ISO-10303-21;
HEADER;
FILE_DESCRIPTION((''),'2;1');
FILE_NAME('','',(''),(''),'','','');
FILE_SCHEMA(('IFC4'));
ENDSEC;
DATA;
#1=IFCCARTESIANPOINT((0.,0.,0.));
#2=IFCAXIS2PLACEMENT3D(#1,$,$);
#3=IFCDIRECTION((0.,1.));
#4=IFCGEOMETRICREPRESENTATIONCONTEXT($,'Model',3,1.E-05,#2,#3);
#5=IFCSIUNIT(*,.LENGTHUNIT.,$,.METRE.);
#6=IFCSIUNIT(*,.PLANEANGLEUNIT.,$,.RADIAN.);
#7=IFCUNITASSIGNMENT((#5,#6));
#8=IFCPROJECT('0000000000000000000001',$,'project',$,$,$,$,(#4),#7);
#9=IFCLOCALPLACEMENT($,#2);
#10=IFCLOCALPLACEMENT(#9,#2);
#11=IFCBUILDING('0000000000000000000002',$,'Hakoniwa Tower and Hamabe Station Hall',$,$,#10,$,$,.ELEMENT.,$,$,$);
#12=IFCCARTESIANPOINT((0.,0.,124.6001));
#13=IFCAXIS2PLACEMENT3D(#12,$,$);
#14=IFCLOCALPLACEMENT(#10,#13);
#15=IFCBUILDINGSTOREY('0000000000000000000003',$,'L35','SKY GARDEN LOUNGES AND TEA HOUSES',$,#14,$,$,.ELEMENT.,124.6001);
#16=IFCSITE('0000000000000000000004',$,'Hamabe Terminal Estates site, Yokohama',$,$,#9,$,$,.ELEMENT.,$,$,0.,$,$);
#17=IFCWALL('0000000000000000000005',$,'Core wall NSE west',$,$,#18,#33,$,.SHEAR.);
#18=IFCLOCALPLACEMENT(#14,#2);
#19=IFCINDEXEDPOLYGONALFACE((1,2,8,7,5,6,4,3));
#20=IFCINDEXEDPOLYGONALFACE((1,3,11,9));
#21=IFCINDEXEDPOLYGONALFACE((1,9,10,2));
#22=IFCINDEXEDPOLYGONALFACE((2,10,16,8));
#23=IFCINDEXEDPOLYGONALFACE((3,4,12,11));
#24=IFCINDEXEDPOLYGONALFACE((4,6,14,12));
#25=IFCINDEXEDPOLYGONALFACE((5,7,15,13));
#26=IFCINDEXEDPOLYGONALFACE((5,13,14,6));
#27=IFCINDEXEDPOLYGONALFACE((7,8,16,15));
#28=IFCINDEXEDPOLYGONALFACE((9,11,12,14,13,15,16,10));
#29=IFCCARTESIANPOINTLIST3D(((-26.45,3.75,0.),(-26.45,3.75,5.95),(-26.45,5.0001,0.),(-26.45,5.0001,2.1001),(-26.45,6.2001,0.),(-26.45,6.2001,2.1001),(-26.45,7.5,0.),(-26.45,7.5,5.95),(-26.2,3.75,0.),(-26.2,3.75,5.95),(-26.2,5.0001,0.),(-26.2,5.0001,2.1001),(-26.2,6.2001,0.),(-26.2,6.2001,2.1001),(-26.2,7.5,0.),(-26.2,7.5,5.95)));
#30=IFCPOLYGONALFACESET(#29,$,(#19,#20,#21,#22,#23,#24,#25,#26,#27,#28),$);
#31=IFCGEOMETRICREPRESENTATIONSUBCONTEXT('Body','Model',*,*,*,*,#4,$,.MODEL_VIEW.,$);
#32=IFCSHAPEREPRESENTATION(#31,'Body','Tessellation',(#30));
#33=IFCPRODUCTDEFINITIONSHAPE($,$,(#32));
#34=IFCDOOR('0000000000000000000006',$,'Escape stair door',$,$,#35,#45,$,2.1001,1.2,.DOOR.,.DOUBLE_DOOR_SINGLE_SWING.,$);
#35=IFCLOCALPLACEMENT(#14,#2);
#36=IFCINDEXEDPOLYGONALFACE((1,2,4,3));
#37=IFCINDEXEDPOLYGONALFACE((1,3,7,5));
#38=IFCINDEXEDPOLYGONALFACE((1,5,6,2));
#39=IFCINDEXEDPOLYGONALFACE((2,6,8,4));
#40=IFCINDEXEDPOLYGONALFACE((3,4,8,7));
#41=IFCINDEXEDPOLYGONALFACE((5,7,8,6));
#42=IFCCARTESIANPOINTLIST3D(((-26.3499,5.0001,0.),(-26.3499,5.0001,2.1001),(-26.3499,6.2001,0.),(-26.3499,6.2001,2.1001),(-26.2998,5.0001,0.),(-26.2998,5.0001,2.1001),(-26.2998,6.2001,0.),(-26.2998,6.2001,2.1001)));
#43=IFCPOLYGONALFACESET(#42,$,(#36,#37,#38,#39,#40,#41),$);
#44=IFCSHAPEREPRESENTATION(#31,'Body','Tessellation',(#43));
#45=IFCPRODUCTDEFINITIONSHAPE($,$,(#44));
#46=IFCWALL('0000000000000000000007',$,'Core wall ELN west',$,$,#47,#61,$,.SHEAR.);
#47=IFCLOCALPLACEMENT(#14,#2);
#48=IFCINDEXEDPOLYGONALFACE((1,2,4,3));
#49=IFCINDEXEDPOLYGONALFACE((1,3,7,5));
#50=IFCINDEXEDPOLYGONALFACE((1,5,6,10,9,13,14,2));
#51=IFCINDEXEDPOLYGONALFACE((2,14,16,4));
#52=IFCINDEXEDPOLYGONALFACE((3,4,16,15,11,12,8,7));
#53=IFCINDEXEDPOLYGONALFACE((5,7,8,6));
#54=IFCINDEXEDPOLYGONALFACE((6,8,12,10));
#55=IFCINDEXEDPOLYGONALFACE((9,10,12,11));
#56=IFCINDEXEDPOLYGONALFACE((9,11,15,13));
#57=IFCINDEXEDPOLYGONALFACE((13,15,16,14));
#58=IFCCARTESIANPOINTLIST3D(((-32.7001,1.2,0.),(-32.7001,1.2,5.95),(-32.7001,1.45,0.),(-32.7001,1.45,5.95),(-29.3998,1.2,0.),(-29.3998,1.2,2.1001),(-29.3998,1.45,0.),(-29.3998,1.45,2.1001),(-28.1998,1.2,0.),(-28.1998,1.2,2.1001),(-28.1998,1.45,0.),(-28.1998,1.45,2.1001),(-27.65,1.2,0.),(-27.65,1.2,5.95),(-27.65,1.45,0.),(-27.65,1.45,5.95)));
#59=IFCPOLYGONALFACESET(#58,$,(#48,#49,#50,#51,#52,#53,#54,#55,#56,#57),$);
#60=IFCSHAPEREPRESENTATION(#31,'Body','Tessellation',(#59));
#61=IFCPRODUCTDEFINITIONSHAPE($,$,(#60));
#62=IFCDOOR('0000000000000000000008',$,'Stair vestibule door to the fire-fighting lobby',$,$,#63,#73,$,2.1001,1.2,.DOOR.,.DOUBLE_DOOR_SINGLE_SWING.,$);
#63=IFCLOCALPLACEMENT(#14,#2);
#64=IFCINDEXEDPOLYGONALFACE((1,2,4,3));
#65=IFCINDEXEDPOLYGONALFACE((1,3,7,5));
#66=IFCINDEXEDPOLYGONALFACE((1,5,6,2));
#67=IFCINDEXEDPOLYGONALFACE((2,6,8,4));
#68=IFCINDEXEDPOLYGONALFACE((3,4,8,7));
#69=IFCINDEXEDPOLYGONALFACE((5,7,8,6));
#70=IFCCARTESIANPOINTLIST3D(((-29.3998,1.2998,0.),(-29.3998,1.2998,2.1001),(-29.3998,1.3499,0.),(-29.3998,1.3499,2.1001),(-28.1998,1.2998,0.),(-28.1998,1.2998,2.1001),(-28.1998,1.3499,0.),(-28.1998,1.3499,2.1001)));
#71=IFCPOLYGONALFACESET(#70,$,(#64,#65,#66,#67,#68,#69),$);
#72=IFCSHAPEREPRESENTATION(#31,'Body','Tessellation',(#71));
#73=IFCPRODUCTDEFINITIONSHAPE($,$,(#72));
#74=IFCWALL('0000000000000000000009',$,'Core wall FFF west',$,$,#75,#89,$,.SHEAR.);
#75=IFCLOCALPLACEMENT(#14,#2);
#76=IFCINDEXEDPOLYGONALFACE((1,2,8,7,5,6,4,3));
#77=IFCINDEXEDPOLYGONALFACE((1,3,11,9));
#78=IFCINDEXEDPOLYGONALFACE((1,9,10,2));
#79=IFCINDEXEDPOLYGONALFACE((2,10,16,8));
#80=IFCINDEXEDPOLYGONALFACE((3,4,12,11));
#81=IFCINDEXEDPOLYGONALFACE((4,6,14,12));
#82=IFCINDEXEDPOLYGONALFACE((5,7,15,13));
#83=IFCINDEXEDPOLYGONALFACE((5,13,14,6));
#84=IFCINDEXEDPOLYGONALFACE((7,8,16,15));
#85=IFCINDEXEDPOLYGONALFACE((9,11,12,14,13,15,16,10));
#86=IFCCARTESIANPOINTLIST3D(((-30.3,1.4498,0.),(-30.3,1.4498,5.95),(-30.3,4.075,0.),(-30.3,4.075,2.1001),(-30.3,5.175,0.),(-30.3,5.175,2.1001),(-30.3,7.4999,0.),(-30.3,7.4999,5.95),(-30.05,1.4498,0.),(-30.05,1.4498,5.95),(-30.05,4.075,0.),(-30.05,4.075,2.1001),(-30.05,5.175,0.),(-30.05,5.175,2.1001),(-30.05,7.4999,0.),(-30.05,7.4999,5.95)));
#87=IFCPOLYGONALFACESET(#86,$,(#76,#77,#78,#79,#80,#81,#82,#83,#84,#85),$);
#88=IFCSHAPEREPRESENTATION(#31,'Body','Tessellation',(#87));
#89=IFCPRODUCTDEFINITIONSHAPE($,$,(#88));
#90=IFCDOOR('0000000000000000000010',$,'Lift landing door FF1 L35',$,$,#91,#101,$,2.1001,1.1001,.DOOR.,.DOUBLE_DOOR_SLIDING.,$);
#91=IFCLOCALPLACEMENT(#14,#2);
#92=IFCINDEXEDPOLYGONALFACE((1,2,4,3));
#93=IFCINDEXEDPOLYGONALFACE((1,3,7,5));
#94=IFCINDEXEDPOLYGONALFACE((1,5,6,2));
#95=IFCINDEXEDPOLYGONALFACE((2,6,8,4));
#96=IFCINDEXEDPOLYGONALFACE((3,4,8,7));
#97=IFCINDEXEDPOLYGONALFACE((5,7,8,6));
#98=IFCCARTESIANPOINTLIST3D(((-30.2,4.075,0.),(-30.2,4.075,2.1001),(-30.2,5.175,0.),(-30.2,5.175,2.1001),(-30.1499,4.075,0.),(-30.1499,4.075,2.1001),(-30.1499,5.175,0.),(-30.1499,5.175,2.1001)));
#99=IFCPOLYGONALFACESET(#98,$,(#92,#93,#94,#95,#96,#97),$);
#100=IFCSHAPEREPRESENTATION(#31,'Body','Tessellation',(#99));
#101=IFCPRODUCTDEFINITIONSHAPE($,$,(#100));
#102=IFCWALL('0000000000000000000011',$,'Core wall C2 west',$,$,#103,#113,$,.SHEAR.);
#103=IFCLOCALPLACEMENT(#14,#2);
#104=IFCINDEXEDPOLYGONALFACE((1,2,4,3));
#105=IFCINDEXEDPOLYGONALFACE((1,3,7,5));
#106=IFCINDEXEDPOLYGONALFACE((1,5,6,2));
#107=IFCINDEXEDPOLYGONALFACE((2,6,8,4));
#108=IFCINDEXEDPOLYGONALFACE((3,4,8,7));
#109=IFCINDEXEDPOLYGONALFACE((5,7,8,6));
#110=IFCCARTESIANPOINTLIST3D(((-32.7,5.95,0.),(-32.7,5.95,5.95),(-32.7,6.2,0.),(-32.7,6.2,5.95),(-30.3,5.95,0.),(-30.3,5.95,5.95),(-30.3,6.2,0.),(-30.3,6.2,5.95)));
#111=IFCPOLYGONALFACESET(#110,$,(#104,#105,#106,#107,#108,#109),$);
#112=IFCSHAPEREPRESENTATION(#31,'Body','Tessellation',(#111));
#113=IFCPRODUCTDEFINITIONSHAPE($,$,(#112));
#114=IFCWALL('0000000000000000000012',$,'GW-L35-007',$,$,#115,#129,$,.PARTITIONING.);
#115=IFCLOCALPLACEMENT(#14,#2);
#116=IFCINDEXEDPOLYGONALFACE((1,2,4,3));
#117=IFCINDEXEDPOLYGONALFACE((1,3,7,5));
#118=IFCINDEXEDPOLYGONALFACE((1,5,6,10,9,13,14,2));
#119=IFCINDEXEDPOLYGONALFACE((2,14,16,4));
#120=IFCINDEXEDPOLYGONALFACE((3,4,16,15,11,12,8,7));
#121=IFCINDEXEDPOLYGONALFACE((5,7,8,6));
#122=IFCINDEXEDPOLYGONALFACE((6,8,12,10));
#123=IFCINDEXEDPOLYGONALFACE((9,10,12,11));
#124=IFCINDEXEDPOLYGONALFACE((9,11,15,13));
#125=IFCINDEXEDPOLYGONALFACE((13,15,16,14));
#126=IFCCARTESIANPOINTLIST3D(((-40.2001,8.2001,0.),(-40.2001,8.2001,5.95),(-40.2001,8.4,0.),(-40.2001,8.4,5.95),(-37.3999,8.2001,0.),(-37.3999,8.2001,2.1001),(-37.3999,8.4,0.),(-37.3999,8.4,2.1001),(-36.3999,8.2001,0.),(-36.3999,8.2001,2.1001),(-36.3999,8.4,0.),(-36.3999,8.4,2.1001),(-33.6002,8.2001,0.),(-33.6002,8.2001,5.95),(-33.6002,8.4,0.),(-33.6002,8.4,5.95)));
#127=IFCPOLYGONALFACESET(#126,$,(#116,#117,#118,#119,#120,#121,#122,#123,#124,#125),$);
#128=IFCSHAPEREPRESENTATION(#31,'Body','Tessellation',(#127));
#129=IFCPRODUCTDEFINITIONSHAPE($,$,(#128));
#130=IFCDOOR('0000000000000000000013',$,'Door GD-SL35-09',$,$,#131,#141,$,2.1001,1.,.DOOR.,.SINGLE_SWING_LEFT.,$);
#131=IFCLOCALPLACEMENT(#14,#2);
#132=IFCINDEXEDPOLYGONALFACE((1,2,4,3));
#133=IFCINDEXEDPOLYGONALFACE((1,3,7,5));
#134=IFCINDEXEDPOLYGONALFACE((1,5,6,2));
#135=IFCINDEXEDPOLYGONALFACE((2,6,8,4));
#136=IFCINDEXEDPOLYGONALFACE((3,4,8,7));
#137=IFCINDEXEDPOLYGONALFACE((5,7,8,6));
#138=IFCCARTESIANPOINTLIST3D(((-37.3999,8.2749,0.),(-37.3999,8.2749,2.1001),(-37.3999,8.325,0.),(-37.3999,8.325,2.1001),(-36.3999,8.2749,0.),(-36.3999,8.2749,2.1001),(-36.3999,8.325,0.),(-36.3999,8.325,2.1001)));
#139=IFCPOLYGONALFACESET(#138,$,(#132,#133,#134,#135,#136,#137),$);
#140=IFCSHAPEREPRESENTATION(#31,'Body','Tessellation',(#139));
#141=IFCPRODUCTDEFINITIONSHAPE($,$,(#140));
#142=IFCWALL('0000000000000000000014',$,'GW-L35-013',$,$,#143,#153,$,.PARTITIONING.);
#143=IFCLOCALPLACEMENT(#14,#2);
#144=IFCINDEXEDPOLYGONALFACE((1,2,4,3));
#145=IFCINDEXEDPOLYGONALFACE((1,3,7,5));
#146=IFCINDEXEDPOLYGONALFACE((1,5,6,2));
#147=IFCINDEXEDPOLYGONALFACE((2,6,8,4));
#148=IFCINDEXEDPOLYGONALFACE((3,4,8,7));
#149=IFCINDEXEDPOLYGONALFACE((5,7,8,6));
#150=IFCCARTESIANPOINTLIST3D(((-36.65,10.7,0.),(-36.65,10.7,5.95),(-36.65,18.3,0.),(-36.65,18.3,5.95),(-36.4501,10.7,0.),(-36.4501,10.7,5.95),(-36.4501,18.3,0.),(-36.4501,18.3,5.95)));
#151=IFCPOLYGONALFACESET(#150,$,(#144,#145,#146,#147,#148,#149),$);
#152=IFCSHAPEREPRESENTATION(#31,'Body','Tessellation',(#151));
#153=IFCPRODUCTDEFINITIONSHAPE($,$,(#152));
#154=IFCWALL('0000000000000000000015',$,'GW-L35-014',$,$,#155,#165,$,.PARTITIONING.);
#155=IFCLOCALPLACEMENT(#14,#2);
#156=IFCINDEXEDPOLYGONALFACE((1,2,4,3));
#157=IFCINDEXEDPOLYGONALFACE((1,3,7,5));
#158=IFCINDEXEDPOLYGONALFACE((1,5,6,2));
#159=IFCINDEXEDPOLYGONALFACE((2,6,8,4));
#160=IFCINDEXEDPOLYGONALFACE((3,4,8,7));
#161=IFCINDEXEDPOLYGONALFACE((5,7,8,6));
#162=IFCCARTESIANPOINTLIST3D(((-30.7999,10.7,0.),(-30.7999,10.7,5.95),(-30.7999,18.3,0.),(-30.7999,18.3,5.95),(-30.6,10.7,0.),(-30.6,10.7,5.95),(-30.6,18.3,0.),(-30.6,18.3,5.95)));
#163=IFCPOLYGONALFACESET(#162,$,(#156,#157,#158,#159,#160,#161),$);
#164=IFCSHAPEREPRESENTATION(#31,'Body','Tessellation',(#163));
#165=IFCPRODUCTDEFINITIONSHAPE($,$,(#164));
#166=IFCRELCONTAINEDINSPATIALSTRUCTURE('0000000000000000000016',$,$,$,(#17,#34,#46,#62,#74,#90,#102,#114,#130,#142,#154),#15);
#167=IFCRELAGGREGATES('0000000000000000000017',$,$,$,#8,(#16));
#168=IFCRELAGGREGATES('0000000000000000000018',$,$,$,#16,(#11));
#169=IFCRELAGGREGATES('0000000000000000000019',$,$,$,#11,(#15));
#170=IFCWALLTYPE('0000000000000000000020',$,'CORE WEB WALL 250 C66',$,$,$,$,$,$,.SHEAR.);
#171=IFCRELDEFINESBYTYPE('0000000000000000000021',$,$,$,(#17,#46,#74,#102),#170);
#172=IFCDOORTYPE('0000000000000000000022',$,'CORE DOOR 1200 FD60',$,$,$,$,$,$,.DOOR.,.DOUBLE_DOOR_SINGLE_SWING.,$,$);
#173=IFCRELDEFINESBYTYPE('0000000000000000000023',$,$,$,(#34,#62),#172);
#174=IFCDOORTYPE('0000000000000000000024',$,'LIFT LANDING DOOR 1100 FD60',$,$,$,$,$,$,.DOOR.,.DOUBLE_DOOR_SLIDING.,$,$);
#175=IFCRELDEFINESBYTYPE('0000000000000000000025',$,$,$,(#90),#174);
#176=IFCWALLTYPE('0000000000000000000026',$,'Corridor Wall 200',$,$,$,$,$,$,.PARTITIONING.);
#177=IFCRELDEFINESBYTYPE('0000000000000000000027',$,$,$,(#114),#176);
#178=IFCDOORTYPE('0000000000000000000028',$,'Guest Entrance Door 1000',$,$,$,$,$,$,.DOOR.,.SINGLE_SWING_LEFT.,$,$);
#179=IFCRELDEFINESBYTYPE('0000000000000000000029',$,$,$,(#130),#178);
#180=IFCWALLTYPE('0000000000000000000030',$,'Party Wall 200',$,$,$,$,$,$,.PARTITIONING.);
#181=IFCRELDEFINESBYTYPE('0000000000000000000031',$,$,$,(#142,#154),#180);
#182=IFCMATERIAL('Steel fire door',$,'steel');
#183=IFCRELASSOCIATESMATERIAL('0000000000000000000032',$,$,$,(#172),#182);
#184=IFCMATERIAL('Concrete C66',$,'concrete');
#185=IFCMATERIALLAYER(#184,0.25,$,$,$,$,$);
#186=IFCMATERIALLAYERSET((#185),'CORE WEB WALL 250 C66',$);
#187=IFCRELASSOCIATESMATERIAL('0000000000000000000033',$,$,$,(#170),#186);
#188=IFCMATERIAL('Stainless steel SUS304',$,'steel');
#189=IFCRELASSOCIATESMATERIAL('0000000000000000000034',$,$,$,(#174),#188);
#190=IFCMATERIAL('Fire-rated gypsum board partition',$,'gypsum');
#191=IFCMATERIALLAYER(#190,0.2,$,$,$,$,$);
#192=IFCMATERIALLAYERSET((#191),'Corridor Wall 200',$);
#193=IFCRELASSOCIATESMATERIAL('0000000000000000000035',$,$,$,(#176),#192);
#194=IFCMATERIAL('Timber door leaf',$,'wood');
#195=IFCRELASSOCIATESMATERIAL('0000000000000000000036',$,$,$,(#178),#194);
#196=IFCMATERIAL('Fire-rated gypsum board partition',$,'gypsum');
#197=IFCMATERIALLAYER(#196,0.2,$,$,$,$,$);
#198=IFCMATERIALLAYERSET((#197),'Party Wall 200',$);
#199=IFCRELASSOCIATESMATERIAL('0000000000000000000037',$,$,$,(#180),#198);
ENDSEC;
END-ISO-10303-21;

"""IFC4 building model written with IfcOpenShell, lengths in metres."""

from ifc_helpers import new_model, si_unit, direction, frame, frame_2d, origin, place, context, subcontext, project, spatial, rectangle, extrude, material, layer, layer_set, type_object, element, fill, save


model = new_model("IFC4")

# Units and contexts
model_context = context("Model", 3, precision=1e-05, world=origin(), true_north=direction((0.0, 1.0)))
body_context = subcontext(model_context, "Body", "Model", "MODEL_VIEW")
ifc_project = project(units=[si_unit("LENGTHUNIT", "METRE"), si_unit("PLANEANGLEUNIT", "RADIAN")], contexts=[model_context])

# Site, building, storey
site_placement = place(None, origin())
site = spatial("IfcSite", under=ifc_project, at=site_placement, Name="Hamabe Terminal Estates site, Yokohama", CompositionType="ELEMENT", RefElevation=0.0)
building_placement = place(site_placement, origin())
building = spatial("IfcBuilding", under=site, at=building_placement, Name="Hakoniwa Tower and Hamabe Station Hall", CompositionType="ELEMENT")
storey_placement = place(building_placement, frame((0.0, 0.0, 124.6001)))
storey = spatial("IfcBuildingStorey", under=building, at=storey_placement, Name="L35", Description="SKY GARDEN LOUNGES AND TEA HOUSES", CompositionType="ELEMENT", Elevation=124.6001)

# Shared definitions
ifc_material_1 = material(Name="Steel fire door", Category="steel")
door_type_1 = type_object("IfcDoorType", Name="CORE DOOR 1200 FD60", OperationType="DOUBLE_DOOR_SINGLE_SWING", PredefinedType="DOOR", material=ifc_material_1)

# Shared definitions
ifc_material_2 = material(Name="Concrete C66", Category="concrete")
ifc_layer_1 = layer(ifc_material_2, 0.25)
ifc_layer_set_1 = layer_set([ifc_layer_1], Name="CORE WEB WALL 250 C66")
wall_type_1 = type_object("IfcWallType", Name="CORE WEB WALL 250 C66", PredefinedType="SHEAR", material=ifc_layer_set_1)
ifc_material_3 = material(Name="Stainless steel SUS304", Category="steel")
door_type_2 = type_object("IfcDoorType", Name="LIFT LANDING DOOR 1100 FD60", OperationType="DOUBLE_DOOR_SLIDING", PredefinedType="DOOR", material=ifc_material_3)

# Walls, openings, doors
wall_1_placement = place(storey_placement, frame((-26.325, 3.75, 0.0), z_axis=(0.0, 0.0, 1.0), x_axis=(0.0, 1.0, 0.0)))
wall_1 = element("IfcWall", 1, at=wall_1_placement, inside=storey, type_object=wall_type_1, Name="Core wall NSE west", PredefinedType="SHEAR", context=body_context, shape_type="SweptSolid", body=[
    extrude(rectangle(XDim=3.75, YDim=0.25, at=frame_2d((1.875, 0.0))), origin(), (0.0, 0.0, 1.0), 5.95),
])
opening_1_placement = place(wall_1_placement, frame((1.25, 0.0, 0.0)))
opening_1 = element("IfcOpeningElement", 2, at=opening_1_placement, cuts=wall_1, PredefinedType="OPENING", context=body_context, shape_type="SweptSolid", body=[
    extrude(rectangle(XDim=1.2, YDim=2.1001, at=frame_2d((0.6001, 1.05))), frame((0.0, 0.135, 0.0), z_axis=(0.0, -1.0, 0.0), x_axis=(1.0, 0.0, 0.0)), (0.0, 0.0, 1.0), 0.27),
])
door_1_placement = place(opening_1_placement, origin())
door_1 = element("IfcDoor", 3, at=door_1_placement, inside=storey, type_object=door_type_1, Name="Escape stair door", OperationType="DOUBLE_DOOR_SINGLE_SWING", OverallHeight=2.1001, OverallWidth=1.2, PredefinedType="DOOR", context=body_context, shape_type="SweptSolid", body=[
    extrude(rectangle(XDim=1.2, YDim=2.1001, at=frame_2d((0.6001, 1.05))), frame((0.0, 0.0249, 0.0), z_axis=(0.0, -1.0, 0.0), x_axis=(1.0, 0.0, 0.0)), (0.0, 0.0, 1.0), 0.05),
])
fill(opening_1, door_1)
wall_2_placement = place(storey_placement, frame((-32.7, 1.325, 0.0), z_axis=(0.0, 0.0, 1.0), x_axis=(1.0, 0.0, 0.0)))
wall_2 = element("IfcWall", 4, at=wall_2_placement, inside=storey, type_object=wall_type_1, Name="Core wall ELN west", PredefinedType="SHEAR", context=body_context, shape_type="SweptSolid", body=[
    extrude(rectangle(XDim=5.05, YDim=0.25, at=frame_2d((2.5249, 0.0))), origin(), (0.0, 0.0, 1.0), 5.95),
])
opening_2_placement = place(wall_2_placement, frame((3.3, 0.0, 0.0)))
opening_2 = element("IfcOpeningElement", 5, at=opening_2_placement, cuts=wall_2, PredefinedType="OPENING", context=body_context, shape_type="SweptSolid", body=[
    extrude(rectangle(XDim=1.2, YDim=2.1001, at=frame_2d((0.6001, 1.05))), frame((0.0, 0.135, 0.0), z_axis=(0.0, -1.0, 0.0), x_axis=(1.0, 0.0, 0.0)), (0.0, 0.0, 1.0), 0.27),
])
door_2_placement = place(opening_2_placement, origin())
door_2 = element("IfcDoor", 6, at=door_2_placement, inside=storey, type_object=door_type_1, Name="Stair vestibule door to the fire-fighting lobby", OperationType="DOUBLE_DOOR_SINGLE_SWING", OverallHeight=2.1001, OverallWidth=1.2, PredefinedType="DOOR", context=body_context, shape_type="SweptSolid", body=[
    extrude(rectangle(XDim=1.2, YDim=2.1001, at=frame_2d((0.6001, 1.05))), frame((0.0, 0.0249, 0.0), z_axis=(0.0, -1.0, 0.0), x_axis=(1.0, 0.0, 0.0)), (0.0, 0.0, 1.0), 0.05),
])
fill(opening_2, door_2)
wall_3_placement = place(storey_placement, frame((-30.175, 1.45, 0.0), z_axis=(0.0, 0.0, 1.0), x_axis=(0.0, 1.0, 0.0)))
wall_3 = element("IfcWall", 7, at=wall_3_placement, inside=storey, type_object=wall_type_1, Name="Core wall FFF west", PredefinedType="SHEAR", context=body_context, shape_type="SweptSolid", body=[
    extrude(rectangle(XDim=6.05, YDim=0.25, at=frame_2d((3.0249, 0.0))), origin(), (0.0, 0.0, 1.0), 5.95),
])
opening_3_placement = place(wall_3_placement, frame((2.625, 0.0, 0.0)))
opening_3 = element("IfcOpeningElement", 8, at=opening_3_placement, cuts=wall_3, PredefinedType="OPENING", context=body_context, shape_type="SweptSolid", body=[
    extrude(rectangle(XDim=1.1001, YDim=2.1001, at=frame_2d((0.55, 1.05))), frame((0.0, 0.135, 0.0), z_axis=(0.0, -1.0, 0.0), x_axis=(1.0, 0.0, 0.0)), (0.0, 0.0, 1.0), 0.27),
])
door_3_placement = place(opening_3_placement, origin())
door_3 = element("IfcDoor", 9, at=door_3_placement, inside=storey, type_object=door_type_2, Name="Lift landing door FF1 L35", OperationType="DOUBLE_DOOR_SLIDING", OverallHeight=2.1001, OverallWidth=1.1001, PredefinedType="DOOR", context=body_context, shape_type="SweptSolid", body=[
    extrude(rectangle(XDim=1.1001, YDim=2.1001, at=frame_2d((0.55, 1.05))), frame((0.0, 0.0249, 0.0), z_axis=(0.0, -1.0, 0.0), x_axis=(1.0, 0.0, 0.0)), (0.0, 0.0, 1.0), 0.05),
])
fill(opening_3, door_3)

# Wall
wall_4_placement = place(storey_placement, frame((-32.7, 6.075, 0.0), z_axis=(0.0, 0.0, 1.0), x_axis=(1.0, 0.0, 0.0)))
element("IfcWall", 10, at=wall_4_placement, inside=storey, type_object=wall_type_1, Name="Core wall C2 west", PredefinedType="SHEAR", context=body_context, shape_type="SweptSolid", body=[
    extrude(rectangle(XDim=2.3999, YDim=0.25, at=frame_2d((1.2, 0.0))), origin(), (0.0, 0.0, 1.0), 5.95),
])

# Wall, opening, door
ifc_material_4 = material(Name="Fire-rated gypsum board partition", Category="gypsum")
ifc_layer_2 = layer(ifc_material_4, 0.2)
ifc_layer_set_2 = layer_set([ifc_layer_2], Name="Corridor Wall 200")
wall_type_2 = type_object("IfcWallType", Name="Corridor Wall 200", PredefinedType="PARTITIONING", material=ifc_layer_set_2)
wall_5_placement = place(storey_placement, frame((-40.2, 8.3, 0.0), z_axis=(0.0, 0.0, 1.0), x_axis=(1.0, 0.0, 0.0)))
wall_5 = element("IfcWall", 11, at=wall_5_placement, inside=storey, type_object=wall_type_2, Name="GW-L35-007", PredefinedType="PARTITIONING", context=body_context, shape_type="SweptSolid", body=[
    extrude(rectangle(XDim=6.5999, YDim=0.2, at=frame_2d((3.2998, 0.0))), origin(), (0.0, 0.0, 1.0), 5.95),
])
opening_4_placement = place(wall_5_placement, frame((2.8, 0.0, 0.0)))
opening_4 = element("IfcOpeningElement", 12, at=opening_4_placement, cuts=wall_5, PredefinedType="OPENING", context=body_context, shape_type="SweptSolid", body=[
    extrude(rectangle(XDim=1.0, YDim=2.1001, at=frame_2d((0.5, 1.05))), frame((0.0, 0.1099, 0.0), z_axis=(0.0, -1.0, 0.0), x_axis=(1.0, 0.0, 0.0)), (0.0, 0.0, 1.0), 0.22),
])
ifc_material_5 = material(Name="Timber door leaf", Category="wood")
door_type_3 = type_object("IfcDoorType", Name="Guest Entrance Door 1000", OperationType="SINGLE_SWING_LEFT", PredefinedType="DOOR", material=ifc_material_5)
door_4_placement = place(opening_4_placement, origin())
door_4 = element("IfcDoor", 13, at=door_4_placement, inside=storey, type_object=door_type_3, Name="Door GD-SL35-09", OperationType="SINGLE_SWING_LEFT", OverallHeight=2.1001, OverallWidth=1.0, PredefinedType="DOOR", context=body_context, shape_type="SweptSolid", body=[
    extrude(rectangle(XDim=1.0, YDim=2.1001, at=frame_2d((0.5, 1.05))), frame((0.0, 0.0249, 0.0), z_axis=(0.0, -1.0, 0.0), x_axis=(1.0, 0.0, 0.0)), (0.0, 0.0, 1.0), 0.05),
])
fill(opening_4, door_4)

# Walls
ifc_material_6 = material(Name="Fire-rated gypsum board partition", Category="gypsum")
ifc_layer_3 = layer(ifc_material_6, 0.2)
ifc_layer_set_3 = layer_set([ifc_layer_3], Name="Party Wall 200")
wall_type_3 = type_object("IfcWallType", Name="Party Wall 200", PredefinedType="PARTITIONING", material=ifc_layer_set_3)
for number, where, z_axis, x_axis, name in (
    (14, (-36.55, 10.7, 0.0), (0.0, 0.0, 1.0), (0.0, 1.0, 0.0), "GW-L35-013"),
    (15, (-30.7, 10.7, 0.0), (0.0, 0.0, 1.0), (0.0, 1.0, 0.0), "GW-L35-014"),
):
    element("IfcWall", number, at=place(storey_placement, frame(where, z_axis=z_axis, x_axis=x_axis)), inside=storey, type_object=wall_type_3, Name=name, PredefinedType="PARTITIONING", context=body_context, shape_type="SweptSolid", body=[
        extrude(rectangle(XDim=7.6001, YDim=0.2, at=frame_2d((3.8, 0.0))), origin(), (0.0, 0.0, 1.0), 5.95),
    ])

save(model, "model.ifc")
